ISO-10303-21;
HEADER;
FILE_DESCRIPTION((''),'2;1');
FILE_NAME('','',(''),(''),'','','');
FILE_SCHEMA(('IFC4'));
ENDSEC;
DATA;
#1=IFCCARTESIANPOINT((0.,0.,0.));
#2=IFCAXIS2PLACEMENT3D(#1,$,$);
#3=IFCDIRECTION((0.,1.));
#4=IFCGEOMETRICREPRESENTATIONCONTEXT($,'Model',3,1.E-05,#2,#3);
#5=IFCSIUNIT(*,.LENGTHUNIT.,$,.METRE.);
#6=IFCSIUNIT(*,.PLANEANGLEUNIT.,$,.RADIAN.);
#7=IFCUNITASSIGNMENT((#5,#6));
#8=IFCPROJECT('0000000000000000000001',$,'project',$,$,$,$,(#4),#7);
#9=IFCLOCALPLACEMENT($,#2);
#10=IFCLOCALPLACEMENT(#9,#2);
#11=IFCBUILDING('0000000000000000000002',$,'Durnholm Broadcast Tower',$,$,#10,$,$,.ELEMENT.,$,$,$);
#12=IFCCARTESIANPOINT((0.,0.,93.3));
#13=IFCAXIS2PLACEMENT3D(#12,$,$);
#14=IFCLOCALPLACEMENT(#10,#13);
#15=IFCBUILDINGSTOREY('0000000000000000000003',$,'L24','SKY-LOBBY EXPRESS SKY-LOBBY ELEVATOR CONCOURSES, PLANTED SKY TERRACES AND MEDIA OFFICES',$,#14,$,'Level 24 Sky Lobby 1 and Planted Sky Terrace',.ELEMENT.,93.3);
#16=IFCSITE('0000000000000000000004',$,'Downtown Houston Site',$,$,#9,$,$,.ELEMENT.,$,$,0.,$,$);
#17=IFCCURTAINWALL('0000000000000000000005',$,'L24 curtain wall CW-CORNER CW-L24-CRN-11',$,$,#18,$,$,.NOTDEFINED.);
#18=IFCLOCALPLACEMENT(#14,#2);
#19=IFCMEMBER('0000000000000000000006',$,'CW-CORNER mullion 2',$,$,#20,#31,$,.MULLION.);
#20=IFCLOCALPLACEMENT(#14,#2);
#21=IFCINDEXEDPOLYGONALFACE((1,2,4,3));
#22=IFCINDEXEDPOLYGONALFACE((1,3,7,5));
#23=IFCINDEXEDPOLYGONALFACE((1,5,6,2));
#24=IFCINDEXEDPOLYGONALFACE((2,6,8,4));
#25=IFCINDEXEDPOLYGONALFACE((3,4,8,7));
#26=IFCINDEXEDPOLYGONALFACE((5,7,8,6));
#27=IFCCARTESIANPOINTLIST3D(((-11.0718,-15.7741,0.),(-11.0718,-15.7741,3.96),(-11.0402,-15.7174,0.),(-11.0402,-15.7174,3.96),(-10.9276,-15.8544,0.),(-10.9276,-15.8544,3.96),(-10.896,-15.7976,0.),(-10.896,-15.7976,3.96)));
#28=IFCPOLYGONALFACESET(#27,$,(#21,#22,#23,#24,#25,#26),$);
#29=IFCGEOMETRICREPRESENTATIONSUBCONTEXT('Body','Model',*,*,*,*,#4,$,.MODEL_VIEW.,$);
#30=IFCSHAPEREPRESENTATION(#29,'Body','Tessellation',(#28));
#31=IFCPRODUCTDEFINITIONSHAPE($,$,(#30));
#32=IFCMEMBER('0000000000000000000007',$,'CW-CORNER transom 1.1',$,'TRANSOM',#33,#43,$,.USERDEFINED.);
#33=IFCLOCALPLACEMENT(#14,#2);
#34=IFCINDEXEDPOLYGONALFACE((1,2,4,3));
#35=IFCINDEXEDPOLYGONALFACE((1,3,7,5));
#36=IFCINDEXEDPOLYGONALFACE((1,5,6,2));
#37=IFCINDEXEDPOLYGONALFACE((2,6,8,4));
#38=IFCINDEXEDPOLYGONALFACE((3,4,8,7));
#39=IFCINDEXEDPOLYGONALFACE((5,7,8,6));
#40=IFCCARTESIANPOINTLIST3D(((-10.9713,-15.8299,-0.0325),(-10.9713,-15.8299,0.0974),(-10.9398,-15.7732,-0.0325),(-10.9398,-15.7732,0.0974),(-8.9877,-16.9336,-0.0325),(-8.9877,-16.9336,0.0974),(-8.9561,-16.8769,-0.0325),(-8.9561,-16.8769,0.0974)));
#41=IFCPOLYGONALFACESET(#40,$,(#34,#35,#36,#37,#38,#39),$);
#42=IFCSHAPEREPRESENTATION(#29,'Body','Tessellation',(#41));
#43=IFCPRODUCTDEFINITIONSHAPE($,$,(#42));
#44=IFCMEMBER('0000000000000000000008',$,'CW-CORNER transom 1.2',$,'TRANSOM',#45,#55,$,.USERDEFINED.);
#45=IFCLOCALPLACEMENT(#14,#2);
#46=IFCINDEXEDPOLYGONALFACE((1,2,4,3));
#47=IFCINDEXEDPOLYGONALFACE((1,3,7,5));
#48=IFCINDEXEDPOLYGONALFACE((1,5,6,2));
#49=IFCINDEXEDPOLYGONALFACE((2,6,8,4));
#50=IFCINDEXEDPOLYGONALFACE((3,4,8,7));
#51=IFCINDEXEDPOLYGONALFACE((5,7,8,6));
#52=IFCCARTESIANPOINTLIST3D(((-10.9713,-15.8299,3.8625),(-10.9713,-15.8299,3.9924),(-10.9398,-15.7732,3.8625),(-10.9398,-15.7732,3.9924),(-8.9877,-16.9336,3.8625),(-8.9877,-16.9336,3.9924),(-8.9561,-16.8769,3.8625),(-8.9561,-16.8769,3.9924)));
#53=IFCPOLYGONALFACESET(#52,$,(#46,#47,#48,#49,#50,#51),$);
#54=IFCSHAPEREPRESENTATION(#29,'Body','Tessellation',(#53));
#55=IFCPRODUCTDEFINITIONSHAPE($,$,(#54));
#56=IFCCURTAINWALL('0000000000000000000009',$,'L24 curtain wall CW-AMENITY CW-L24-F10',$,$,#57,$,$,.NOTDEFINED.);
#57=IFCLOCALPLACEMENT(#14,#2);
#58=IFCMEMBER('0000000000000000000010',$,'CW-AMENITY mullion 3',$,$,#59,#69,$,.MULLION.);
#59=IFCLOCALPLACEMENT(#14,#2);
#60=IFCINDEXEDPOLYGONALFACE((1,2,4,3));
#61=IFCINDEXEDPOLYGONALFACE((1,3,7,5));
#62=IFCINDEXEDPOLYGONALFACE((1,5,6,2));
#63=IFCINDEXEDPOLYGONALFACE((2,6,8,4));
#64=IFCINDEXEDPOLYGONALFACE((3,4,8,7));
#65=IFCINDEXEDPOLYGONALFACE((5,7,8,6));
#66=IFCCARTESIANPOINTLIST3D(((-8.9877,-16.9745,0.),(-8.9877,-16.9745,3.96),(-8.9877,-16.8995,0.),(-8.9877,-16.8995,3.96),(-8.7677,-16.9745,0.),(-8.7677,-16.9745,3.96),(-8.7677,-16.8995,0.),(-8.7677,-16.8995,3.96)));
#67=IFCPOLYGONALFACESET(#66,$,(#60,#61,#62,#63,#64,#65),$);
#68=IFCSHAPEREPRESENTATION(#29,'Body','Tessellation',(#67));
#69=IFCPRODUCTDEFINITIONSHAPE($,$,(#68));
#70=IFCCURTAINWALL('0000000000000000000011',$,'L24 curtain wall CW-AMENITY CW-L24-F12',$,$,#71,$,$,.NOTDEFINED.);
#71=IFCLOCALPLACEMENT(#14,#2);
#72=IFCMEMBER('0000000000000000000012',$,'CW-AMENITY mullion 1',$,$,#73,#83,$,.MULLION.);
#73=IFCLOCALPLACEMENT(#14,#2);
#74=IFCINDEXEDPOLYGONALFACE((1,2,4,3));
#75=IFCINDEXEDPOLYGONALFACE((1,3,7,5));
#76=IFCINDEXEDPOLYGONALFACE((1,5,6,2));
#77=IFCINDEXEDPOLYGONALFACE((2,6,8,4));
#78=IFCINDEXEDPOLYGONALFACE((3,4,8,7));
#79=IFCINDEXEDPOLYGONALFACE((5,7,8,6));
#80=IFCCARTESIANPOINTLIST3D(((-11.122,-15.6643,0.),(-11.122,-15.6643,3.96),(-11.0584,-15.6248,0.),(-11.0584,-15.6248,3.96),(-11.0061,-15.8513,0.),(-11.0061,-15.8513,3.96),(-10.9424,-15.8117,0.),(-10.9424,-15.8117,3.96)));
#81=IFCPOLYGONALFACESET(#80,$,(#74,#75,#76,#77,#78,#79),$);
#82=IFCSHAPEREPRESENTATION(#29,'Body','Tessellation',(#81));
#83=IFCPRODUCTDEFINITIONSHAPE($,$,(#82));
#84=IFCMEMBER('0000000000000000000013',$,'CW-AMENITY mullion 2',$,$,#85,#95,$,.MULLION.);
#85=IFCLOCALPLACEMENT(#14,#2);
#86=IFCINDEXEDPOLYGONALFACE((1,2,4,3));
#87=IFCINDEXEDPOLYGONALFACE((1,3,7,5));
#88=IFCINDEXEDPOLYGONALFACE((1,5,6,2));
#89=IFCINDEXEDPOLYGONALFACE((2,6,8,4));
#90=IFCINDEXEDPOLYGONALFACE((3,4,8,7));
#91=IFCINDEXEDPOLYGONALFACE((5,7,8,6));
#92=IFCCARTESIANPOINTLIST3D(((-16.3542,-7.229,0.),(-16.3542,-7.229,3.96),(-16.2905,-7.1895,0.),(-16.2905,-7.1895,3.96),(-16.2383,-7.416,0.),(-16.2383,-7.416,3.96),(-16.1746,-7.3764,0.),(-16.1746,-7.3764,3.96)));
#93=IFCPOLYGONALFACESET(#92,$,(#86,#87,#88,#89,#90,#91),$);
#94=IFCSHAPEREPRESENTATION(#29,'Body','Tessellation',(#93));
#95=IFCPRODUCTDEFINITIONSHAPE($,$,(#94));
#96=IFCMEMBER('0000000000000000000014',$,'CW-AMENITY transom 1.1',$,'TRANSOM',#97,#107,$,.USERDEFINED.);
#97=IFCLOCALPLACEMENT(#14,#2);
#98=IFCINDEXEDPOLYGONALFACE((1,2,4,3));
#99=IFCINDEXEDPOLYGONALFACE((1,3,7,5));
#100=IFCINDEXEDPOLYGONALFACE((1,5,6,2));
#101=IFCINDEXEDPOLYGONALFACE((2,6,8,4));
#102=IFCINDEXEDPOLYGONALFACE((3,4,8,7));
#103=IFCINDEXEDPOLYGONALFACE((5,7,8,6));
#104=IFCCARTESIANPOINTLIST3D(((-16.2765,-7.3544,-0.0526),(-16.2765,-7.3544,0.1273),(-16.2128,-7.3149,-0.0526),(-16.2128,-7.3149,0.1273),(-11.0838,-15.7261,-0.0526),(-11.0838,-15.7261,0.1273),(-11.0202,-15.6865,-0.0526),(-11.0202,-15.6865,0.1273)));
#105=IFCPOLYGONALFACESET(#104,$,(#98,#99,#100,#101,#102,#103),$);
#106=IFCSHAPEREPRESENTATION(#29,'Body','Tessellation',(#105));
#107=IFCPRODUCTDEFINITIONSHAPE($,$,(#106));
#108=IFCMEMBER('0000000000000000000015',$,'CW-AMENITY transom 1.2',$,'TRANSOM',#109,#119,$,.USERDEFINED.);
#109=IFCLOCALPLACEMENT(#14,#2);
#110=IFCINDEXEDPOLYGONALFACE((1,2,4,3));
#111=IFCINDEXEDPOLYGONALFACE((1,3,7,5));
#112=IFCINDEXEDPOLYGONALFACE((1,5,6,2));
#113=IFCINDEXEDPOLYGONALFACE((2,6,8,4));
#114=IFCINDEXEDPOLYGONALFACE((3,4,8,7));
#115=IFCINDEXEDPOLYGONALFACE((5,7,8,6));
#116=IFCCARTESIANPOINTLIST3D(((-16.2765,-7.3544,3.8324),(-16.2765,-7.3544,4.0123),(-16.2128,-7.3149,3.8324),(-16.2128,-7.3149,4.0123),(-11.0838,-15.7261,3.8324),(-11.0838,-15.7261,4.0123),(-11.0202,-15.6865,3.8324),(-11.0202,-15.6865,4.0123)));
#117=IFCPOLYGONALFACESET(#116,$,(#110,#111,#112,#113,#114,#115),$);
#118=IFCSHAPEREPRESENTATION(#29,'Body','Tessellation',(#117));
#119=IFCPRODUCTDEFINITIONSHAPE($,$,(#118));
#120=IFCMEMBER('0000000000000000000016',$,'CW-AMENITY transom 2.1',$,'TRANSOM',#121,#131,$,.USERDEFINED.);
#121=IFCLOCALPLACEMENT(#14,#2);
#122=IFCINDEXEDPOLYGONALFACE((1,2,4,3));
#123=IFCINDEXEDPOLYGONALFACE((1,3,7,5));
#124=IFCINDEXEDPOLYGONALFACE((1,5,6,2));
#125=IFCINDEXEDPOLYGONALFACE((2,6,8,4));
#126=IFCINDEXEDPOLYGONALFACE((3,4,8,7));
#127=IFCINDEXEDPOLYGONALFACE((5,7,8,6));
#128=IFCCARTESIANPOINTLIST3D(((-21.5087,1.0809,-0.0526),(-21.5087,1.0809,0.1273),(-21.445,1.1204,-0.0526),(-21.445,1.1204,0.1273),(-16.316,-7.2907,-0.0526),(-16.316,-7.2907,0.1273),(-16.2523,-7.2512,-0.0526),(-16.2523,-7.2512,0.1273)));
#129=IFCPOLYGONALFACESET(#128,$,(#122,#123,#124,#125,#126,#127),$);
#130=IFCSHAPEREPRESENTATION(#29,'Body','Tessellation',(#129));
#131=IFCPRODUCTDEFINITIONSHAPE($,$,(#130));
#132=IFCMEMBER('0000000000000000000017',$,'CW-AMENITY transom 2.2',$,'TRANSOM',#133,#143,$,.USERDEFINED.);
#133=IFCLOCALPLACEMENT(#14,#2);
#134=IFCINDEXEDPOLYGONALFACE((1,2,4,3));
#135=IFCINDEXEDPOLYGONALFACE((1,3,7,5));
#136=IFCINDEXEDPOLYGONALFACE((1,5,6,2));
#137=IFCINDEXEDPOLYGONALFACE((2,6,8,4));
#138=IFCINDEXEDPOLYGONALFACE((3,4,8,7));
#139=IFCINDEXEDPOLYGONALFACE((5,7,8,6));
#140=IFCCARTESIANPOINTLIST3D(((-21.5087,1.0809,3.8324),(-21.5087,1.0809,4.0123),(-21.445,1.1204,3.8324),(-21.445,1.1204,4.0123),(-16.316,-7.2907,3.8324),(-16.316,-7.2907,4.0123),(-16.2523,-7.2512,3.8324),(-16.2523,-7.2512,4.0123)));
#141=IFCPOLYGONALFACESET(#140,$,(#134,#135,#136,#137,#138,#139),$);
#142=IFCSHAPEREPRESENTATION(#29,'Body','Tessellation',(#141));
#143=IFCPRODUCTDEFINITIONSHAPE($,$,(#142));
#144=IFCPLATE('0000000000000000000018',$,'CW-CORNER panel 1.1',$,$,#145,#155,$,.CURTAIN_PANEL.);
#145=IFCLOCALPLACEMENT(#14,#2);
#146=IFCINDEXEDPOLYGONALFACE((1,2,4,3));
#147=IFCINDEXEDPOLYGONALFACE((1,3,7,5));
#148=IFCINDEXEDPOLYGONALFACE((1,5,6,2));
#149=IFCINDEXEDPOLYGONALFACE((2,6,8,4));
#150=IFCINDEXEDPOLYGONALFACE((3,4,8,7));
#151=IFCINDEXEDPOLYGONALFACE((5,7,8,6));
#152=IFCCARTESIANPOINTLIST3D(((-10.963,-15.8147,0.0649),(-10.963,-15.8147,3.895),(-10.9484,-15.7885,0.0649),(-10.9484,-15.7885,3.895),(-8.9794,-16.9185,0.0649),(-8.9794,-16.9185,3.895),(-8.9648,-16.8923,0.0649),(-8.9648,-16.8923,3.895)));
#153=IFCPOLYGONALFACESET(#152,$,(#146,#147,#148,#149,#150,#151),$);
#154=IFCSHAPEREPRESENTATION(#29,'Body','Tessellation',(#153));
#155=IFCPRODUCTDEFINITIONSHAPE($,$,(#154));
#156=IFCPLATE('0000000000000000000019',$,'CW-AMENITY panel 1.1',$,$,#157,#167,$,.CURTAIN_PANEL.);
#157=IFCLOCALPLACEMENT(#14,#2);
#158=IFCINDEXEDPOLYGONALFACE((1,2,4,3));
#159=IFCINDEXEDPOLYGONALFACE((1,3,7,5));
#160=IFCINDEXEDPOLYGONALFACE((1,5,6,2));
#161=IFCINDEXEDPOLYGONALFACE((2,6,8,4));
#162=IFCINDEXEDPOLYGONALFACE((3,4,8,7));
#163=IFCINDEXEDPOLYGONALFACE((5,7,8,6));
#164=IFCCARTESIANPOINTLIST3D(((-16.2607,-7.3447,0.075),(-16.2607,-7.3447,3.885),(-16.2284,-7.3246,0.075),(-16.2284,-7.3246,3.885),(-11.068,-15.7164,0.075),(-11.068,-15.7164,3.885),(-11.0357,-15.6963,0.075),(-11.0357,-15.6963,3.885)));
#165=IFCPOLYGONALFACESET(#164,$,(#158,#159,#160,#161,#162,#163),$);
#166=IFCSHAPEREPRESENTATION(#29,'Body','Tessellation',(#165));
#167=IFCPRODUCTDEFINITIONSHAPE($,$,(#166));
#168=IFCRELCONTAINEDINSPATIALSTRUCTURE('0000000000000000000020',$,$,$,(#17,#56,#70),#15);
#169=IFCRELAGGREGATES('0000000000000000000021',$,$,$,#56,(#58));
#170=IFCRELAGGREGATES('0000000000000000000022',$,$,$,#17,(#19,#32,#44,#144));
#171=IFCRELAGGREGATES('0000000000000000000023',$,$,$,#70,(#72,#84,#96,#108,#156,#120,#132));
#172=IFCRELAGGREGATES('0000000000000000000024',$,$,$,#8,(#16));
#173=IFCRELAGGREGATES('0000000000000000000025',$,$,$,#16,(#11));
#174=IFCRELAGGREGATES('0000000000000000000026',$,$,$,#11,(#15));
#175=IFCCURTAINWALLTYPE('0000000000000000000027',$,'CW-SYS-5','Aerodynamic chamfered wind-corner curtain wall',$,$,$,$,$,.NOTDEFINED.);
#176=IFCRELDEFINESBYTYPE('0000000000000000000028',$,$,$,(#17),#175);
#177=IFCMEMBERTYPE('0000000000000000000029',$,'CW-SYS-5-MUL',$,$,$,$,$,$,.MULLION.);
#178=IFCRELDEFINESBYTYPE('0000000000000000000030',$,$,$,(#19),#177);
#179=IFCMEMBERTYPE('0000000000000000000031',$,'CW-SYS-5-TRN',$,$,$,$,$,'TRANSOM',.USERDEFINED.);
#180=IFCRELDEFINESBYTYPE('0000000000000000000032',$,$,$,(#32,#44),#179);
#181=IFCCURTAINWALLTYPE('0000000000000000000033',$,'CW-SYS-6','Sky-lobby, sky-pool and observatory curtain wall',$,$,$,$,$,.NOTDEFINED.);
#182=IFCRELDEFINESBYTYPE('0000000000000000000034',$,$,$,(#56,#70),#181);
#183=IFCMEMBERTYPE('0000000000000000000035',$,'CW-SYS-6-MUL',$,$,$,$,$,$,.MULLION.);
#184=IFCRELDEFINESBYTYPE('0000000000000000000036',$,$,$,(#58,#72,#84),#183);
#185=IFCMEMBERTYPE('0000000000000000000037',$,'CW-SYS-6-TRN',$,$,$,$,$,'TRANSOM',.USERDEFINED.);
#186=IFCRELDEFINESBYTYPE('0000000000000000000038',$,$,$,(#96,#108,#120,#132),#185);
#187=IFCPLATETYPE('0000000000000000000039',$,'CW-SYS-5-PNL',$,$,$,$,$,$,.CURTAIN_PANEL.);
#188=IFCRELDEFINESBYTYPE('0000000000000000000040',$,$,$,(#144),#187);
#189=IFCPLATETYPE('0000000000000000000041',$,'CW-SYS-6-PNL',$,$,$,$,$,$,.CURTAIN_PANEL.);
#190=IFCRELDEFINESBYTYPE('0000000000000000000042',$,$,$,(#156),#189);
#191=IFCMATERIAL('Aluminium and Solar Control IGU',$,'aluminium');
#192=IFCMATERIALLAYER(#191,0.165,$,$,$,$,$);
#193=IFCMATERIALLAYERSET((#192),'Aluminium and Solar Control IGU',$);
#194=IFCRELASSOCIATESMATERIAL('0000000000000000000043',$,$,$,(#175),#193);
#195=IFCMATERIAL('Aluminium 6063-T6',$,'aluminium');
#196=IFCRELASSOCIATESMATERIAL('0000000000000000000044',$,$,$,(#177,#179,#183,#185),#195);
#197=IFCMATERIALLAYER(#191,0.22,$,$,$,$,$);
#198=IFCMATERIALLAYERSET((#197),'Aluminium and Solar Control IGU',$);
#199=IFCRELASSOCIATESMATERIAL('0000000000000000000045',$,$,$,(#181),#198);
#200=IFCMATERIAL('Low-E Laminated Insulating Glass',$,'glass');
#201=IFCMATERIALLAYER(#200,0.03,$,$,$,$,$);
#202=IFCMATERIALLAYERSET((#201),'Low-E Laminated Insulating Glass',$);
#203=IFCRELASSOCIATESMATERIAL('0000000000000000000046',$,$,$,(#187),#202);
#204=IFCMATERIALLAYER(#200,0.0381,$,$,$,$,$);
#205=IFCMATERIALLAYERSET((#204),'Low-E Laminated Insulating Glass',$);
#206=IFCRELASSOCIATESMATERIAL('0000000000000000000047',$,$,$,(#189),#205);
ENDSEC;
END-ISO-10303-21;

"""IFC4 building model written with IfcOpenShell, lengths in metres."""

from ifc_helpers import new_model, si_unit, direction, frame, origin, origin_2d, place, context, subcontext, project, spatial, rectangle, extrude, source, transform, mapped, material, layer, layer_set, material_profile, profile_set, type_object, type_shapes, element, aggregate, save


model = new_model("IFC4")

# Units and contexts
model_context = context("Model", 3, precision=1e-05, world=origin(), true_north=direction((0.0, 1.0)))
body_context = subcontext(model_context, "Body", "Model", "MODEL_VIEW")
ifc_project = project(units=[si_unit("LENGTHUNIT", "METRE"), si_unit("PLANEANGLEUNIT", "RADIAN")], contexts=[model_context])

# Site, building, storey
site_placement = place(None, origin())
site = spatial("IfcSite", under=ifc_project, at=site_placement, Name="Downtown Houston Site", CompositionType="ELEMENT", RefElevation=0.0)
building_placement = place(site_placement, origin())
building = spatial("IfcBuilding", under=site, at=building_placement, Name="Durnholm Broadcast Tower", CompositionType="ELEMENT")
storey_placement = place(building_placement, frame((0.0, 0.0, 93.3)))
storey = spatial("IfcBuildingStorey", under=building, at=storey_placement, Name="L24", Description="SKY-LOBBY EXPRESS SKY-LOBBY ELEVATOR CONCOURSES, PLANTED SKY TERRACES AND MEDIA OFFICES", LongName="Level 24 Sky Lobby 1 and Planted Sky Terrace", CompositionType="ELEMENT", Elevation=93.3)

# Curtain wall, members
ifc_material_1 = material(Name="Aluminium and Solar Control IGU", Category="aluminium")
ifc_layer_1 = layer(ifc_material_1, 0.165)
ifc_layer_set_1 = layer_set([ifc_layer_1], Name="Aluminium and Solar Control IGU")
curtain_wall_type_1 = type_object("IfcCurtainWallType", Name="CW-SYS-5", Description="Aerodynamic chamfered wind-corner curtain wall", PredefinedType="NOTDEFINED", material=ifc_layer_set_1)
curtain_wall_1_placement = place(storey_placement, origin())
curtain_wall_1 = element("IfcCurtainWall", 1, at=curtain_wall_1_placement, inside=storey, type_object=curtain_wall_type_1, Name="L24 curtain wall CW-CORNER CW-L24-CRN-11", PredefinedType="NOTDEFINED")
ifc_material_2 = material(Name="Aluminium 6063-T6", Category="aluminium")
ifc_material_profile_1 = material_profile(ifc_material_2, rectangle(XDim=0.0649, YDim=0.165, at=origin_2d()), Name="CWM65X165")
ifc_profile_set_1 = profile_set([ifc_material_profile_1], Name="Aluminium 6063-T6")
member_type_1 = type_object("IfcMemberType", Name="CW-SYS-5-MUL", PredefinedType="MULLION", material=ifc_profile_set_1)
shared_shape_1 = source(origin(), body_context, "Body", "SweptSolid", [
    extrude(rectangle(XDim=0.0649, YDim=0.165, at=origin_2d()), origin(), (0.0, 0.0, 1.0), 3.96),
])
type_shapes(member_type_1, [shared_shape_1])
member_1_placement = place(storey_placement, frame((-10.9839, -15.7859, 0.0), z_axis=(0.0, 0.0, 1.0), x_axis=(-0.486244, -0.873823, 0.0)))
member_1 = element("IfcMember", 2, at=member_1_placement, type_object=member_type_1, Name="CW-CORNER mullion 2", PredefinedType="MULLION", context=body_context, shape_type="MappedRepresentation", body=[
    mapped(shared_shape_1, transform((0.0, 0.0, 0.0), x_axis=(1.0, 0.0, 0.0), y_axis=(0.0, 1.0, 0.0), z_axis=(0.0, 0.0, 1.0), scale=1.0)),
])
ifc_material_profile_2 = material_profile(ifc_material_2, rectangle(XDim=0.0649, YDim=0.1299, at=origin_2d()), Name="CWT65X130")
ifc_profile_set_2 = profile_set([ifc_material_profile_2], Name="Aluminium 6063-T6")
member_type_2 = type_object("IfcMemberType", Name="CW-SYS-5-TRN", ElementType="TRANSOM", PredefinedType="USERDEFINED", material=ifc_profile_set_2)
shared_shape_2 = source(origin(), body_context, "Body", "SweptSolid", [
    extrude(rectangle(XDim=0.0649, YDim=0.1299, at=origin_2d()), origin(), (0.0, 0.0, 1.0), 2.27),
])
type_shapes(member_type_2, [shared_shape_2])
member_2_placement = place(storey_placement, frame((-8.9719, -16.9053, 0.0325), z_axis=(-0.873832, 0.486227, 0.0), x_axis=(-0.486227, -0.873832, 0.0)))
member_2 = element("IfcMember", 3, at=member_2_placement, type_object=member_type_2, Name="CW-CORNER transom 1.1", ObjectType="TRANSOM", PredefinedType="USERDEFINED", context=body_context, shape_type="MappedRepresentation", body=[
    mapped(shared_shape_2, transform((0.0, 0.0, 0.0), x_axis=(1.0, 0.0, 0.0), y_axis=(0.0, 1.0, 0.0), z_axis=(0.0, 0.0, 1.0), scale=1.0)),
])
member_3_placement = place(storey_placement, frame((-8.9719, -16.9053, 3.9275), z_axis=(-0.873832, 0.486227, 0.0), x_axis=(-0.486227, -0.873832, 0.0)))
member_3 = element("IfcMember", 4, at=member_3_placement, type_object=member_type_2, Name="CW-CORNER transom 1.2", ObjectType="TRANSOM", PredefinedType="USERDEFINED", context=body_context, shape_type="MappedRepresentation", body=[
    mapped(shared_shape_2, transform((0.0, 0.0, 0.0), x_axis=(1.0, 0.0, 0.0), y_axis=(0.0, 1.0, 0.0), z_axis=(0.0, 0.0, 1.0), scale=1.0)),
])

# Curtain wall, member
ifc_layer_2 = layer(ifc_material_1, 0.22)
ifc_layer_set_2 = layer_set([ifc_layer_2], Name="Aluminium and Solar Control IGU")
curtain_wall_type_2 = type_object("IfcCurtainWallType", Name="CW-SYS-6", Description="Sky-lobby, sky-pool and observatory curtain wall", PredefinedType="NOTDEFINED", material=ifc_layer_set_2)
curtain_wall_2_placement = place(storey_placement, origin())
curtain_wall_2 = element("IfcCurtainWall", 5, at=curtain_wall_2_placement, inside=storey, type_object=curtain_wall_type_2, Name="L24 curtain wall CW-AMENITY CW-L24-F10", PredefinedType="NOTDEFINED")
ifc_material_profile_3 = material_profile(ifc_material_2, rectangle(XDim=0.075, YDim=0.22, at=origin_2d()), Name="CWM75X220")
ifc_profile_set_3 = profile_set([ifc_material_profile_3], Name="Aluminium 6063-T6")
member_type_3 = type_object("IfcMemberType", Name="CW-SYS-6-MUL", PredefinedType="MULLION", material=ifc_profile_set_3)
shared_shape_3 = source(origin(), body_context, "Body", "SweptSolid", [
    extrude(rectangle(XDim=0.075, YDim=0.22, at=origin_2d()), origin(), (0.0, 0.0, 1.0), 3.96),
])
type_shapes(member_type_3, [shared_shape_3])
member_4_placement = place(storey_placement, frame((-8.8777, -16.937, 0.0), z_axis=(0.0, 0.0, 1.0), x_axis=(0.0, -1.0, 0.0)))
member_4 = element("IfcMember", 6, at=member_4_placement, type_object=member_type_3, Name="CW-AMENITY mullion 3", PredefinedType="MULLION", context=body_context, shape_type="MappedRepresentation", body=[
    mapped(shared_shape_3, transform((0.0, 0.0, 0.0), x_axis=(1.0, 0.0, 0.0), y_axis=(0.0, 1.0, 0.0), z_axis=(0.0, 0.0, 1.0), scale=1.0)),
])
aggregate(curtain_wall_2, [member_4])

# Curtain wall, members
curtain_wall_3_placement = place(storey_placement, origin())
curtain_wall_3 = element("IfcCurtainWall", 7, at=curtain_wall_3_placement, inside=storey, type_object=curtain_wall_type_2, Name="L24 curtain wall CW-AMENITY CW-L24-F12", PredefinedType="NOTDEFINED")
member_5_placement = place(storey_placement, frame((-11.0322, -15.738, 0.0), z_axis=(0.0, 0.0, 1.0), x_axis=(-0.8498, -0.527105, 0.0)))
member_5 = element("IfcMember", 8, at=member_5_placement, type_object=member_type_3, Name="CW-AMENITY mullion 1", PredefinedType="MULLION", context=body_context, shape_type="MappedRepresentation", body=[
    mapped(shared_shape_3, transform((0.0, 0.0, 0.0), x_axis=(1.0, 0.0, 0.0), y_axis=(0.0, 1.0, 0.0), z_axis=(0.0, 0.0, 1.0), scale=1.0)),
])
member_6_placement = place(storey_placement, frame((-16.2644, -7.3027, 0.0), z_axis=(0.0, 0.0, 1.0), x_axis=(-0.8498, -0.527105, 0.0)))
member_6 = element("IfcMember", 9, at=member_6_placement, type_object=member_type_3, Name="CW-AMENITY mullion 2", PredefinedType="MULLION", context=body_context, shape_type="MappedRepresentation", body=[
    mapped(shared_shape_3, transform((0.0, 0.0, 0.0), x_axis=(1.0, 0.0, 0.0), y_axis=(0.0, 1.0, 0.0), z_axis=(0.0, 0.0, 1.0), scale=1.0)),
])
ifc_material_profile_4 = material_profile(ifc_material_2, rectangle(XDim=0.075, YDim=0.1799, at=origin_2d()), Name="CWT75X180")
ifc_profile_set_4 = profile_set([ifc_material_profile_4], Name="Aluminium 6063-T6")
member_type_4 = type_object("IfcMemberType", Name="CW-SYS-6-TRN", ElementType="TRANSOM", PredefinedType="USERDEFINED", material=ifc_profile_set_4)
shared_shape_4 = source(origin(), body_context, "Body", "SweptSolid", [
    extrude(rectangle(XDim=0.075, YDim=0.1799, at=origin_2d()), origin(), (0.0, 0.0, 1.0), 9.8513),
])
type_shapes(member_type_4, [shared_shape_4])
member_7_placement = place(storey_placement, frame((-11.052, -15.7063, 0.0374), z_axis=(-0.527104, 0.849801, 0.0), x_axis=(-0.849801, -0.527104, 0.0)))
member_7 = element("IfcMember", 10, at=member_7_placement, type_object=member_type_4, Name="CW-AMENITY transom 1.1", ObjectType="TRANSOM", PredefinedType="USERDEFINED", context=body_context, shape_type="MappedRepresentation", body=[
    mapped(shared_shape_4, transform((0.0, 0.0, 0.0), x_axis=(1.0, 0.0, 0.0), y_axis=(0.0, 1.0, 0.0), z_axis=(0.0, 0.0, 1.0), scale=1.0)),
])
member_8_placement = place(storey_placement, frame((-11.052, -15.7063, 3.9224), z_axis=(-0.527104, 0.849801, 0.0), x_axis=(-0.849801, -0.527104, 0.0)))
member_8 = element("IfcMember", 11, at=member_8_placement, type_object=member_type_4, Name="CW-AMENITY transom 1.2", ObjectType="TRANSOM", PredefinedType="USERDEFINED", context=body_context, shape_type="MappedRepresentation", body=[
    mapped(shared_shape_4, transform((0.0, 0.0, 0.0), x_axis=(1.0, 0.0, 0.0), y_axis=(0.0, 1.0, 0.0), z_axis=(0.0, 0.0, 1.0), scale=1.0)),
])
member_9_placement = place(storey_placement, frame((-16.2842, -7.271, 0.0374), z_axis=(-0.527104, 0.849801, 0.0), x_axis=(-0.849801, -0.527104, 0.0)))
member_9 = element("IfcMember", 12, at=member_9_placement, type_object=member_type_4, Name="CW-AMENITY transom 2.1", ObjectType="TRANSOM", PredefinedType="USERDEFINED", context=body_context, shape_type="MappedRepresentation", body=[
    mapped(shared_shape_4, transform((0.0, 0.0, 0.0), x_axis=(1.0, 0.0, 0.0), y_axis=(0.0, 1.0, 0.0), z_axis=(0.0, 0.0, 1.0), scale=1.0)),
])
member_10_placement = place(storey_placement, frame((-16.2842, -7.271, 3.9224), z_axis=(-0.527104, 0.849801, 0.0), x_axis=(-0.849801, -0.527104, 0.0)))
member_10 = element("IfcMember", 13, at=member_10_placement, type_object=member_type_4, Name="CW-AMENITY transom 2.2", ObjectType="TRANSOM", PredefinedType="USERDEFINED", context=body_context, shape_type="MappedRepresentation", body=[
    mapped(shared_shape_4, transform((0.0, 0.0, 0.0), x_axis=(1.0, 0.0, 0.0), y_axis=(0.0, 1.0, 0.0), z_axis=(0.0, 0.0, 1.0), scale=1.0)),
])

# Plates
ifc_material_3 = material(Name="Low-E Laminated Insulating Glass", Category="glass")
ifc_layer_3 = layer(ifc_material_3, 0.03)
ifc_layer_set_3 = layer_set([ifc_layer_3], Name="Low-E Laminated Insulating Glass")
plate_type_1 = type_object("IfcPlateType", Name="CW-SYS-5-PNL", PredefinedType="CURTAIN_PANEL", material=ifc_layer_set_3)
shared_shape_5 = source(origin(), body_context, "Body", "SweptSolid", [
    extrude(rectangle(XDim=2.27, YDim=0.03, at=origin_2d()), origin(), (0.0, 0.0, 1.0), 3.8301),
])
type_shapes(plate_type_1, [shared_shape_5])
plate_1_placement = place(storey_placement, frame((-9.9639, -16.3535, 0.0649), z_axis=(0.0, 0.0, 1.0), x_axis=(-0.873823, 0.486244, 0.0)))
plate_1 = element("IfcPlate", 14, at=plate_1_placement, type_object=plate_type_1, Name="CW-CORNER panel 1.1", PredefinedType="CURTAIN_PANEL", context=body_context, shape_type="MappedRepresentation", body=[
    mapped(shared_shape_5, transform((0.0, 0.0, 0.0), x_axis=(1.0, 0.0, 0.0), y_axis=(0.0, 1.0, 0.0), z_axis=(0.0, 0.0, 1.0), scale=1.0)),
])
aggregate(curtain_wall_1, [member_1, member_2, member_3, plate_1])
ifc_layer_4 = layer(ifc_material_3, 0.0381)
ifc_layer_set_4 = layer_set([ifc_layer_4], Name="Low-E Laminated Insulating Glass")
plate_type_2 = type_object("IfcPlateType", Name="CW-SYS-6-PNL", PredefinedType="CURTAIN_PANEL", material=ifc_layer_set_4)
shared_shape_6 = source(origin(), body_context, "Body", "SweptSolid", [
    extrude(rectangle(XDim=9.8513, YDim=0.0381, at=origin_2d()), origin(), (0.0, 0.0, 1.0), 3.8101),
])
type_shapes(plate_type_2, [shared_shape_6])
plate_2_placement = place(storey_placement, frame((-13.6482, -11.5205, 0.075), z_axis=(0.0, 0.0, 1.0), x_axis=(-0.527105, 0.8498, 0.0)))
plate_2 = element("IfcPlate", 15, at=plate_2_placement, type_object=plate_type_2, Name="CW-AMENITY panel 1.1", PredefinedType="CURTAIN_PANEL", context=body_context, shape_type="MappedRepresentation", body=[
    mapped(shared_shape_6, transform((0.0, 0.0, 0.0), x_axis=(1.0, 0.0, 0.0), y_axis=(0.0, 1.0, 0.0), z_axis=(0.0, 0.0, 1.0), scale=1.0)),
])
aggregate(curtain_wall_3, [member_5, member_6, member_7, member_8, plate_2, member_9, member_10])

save(model, "model.ifc")
